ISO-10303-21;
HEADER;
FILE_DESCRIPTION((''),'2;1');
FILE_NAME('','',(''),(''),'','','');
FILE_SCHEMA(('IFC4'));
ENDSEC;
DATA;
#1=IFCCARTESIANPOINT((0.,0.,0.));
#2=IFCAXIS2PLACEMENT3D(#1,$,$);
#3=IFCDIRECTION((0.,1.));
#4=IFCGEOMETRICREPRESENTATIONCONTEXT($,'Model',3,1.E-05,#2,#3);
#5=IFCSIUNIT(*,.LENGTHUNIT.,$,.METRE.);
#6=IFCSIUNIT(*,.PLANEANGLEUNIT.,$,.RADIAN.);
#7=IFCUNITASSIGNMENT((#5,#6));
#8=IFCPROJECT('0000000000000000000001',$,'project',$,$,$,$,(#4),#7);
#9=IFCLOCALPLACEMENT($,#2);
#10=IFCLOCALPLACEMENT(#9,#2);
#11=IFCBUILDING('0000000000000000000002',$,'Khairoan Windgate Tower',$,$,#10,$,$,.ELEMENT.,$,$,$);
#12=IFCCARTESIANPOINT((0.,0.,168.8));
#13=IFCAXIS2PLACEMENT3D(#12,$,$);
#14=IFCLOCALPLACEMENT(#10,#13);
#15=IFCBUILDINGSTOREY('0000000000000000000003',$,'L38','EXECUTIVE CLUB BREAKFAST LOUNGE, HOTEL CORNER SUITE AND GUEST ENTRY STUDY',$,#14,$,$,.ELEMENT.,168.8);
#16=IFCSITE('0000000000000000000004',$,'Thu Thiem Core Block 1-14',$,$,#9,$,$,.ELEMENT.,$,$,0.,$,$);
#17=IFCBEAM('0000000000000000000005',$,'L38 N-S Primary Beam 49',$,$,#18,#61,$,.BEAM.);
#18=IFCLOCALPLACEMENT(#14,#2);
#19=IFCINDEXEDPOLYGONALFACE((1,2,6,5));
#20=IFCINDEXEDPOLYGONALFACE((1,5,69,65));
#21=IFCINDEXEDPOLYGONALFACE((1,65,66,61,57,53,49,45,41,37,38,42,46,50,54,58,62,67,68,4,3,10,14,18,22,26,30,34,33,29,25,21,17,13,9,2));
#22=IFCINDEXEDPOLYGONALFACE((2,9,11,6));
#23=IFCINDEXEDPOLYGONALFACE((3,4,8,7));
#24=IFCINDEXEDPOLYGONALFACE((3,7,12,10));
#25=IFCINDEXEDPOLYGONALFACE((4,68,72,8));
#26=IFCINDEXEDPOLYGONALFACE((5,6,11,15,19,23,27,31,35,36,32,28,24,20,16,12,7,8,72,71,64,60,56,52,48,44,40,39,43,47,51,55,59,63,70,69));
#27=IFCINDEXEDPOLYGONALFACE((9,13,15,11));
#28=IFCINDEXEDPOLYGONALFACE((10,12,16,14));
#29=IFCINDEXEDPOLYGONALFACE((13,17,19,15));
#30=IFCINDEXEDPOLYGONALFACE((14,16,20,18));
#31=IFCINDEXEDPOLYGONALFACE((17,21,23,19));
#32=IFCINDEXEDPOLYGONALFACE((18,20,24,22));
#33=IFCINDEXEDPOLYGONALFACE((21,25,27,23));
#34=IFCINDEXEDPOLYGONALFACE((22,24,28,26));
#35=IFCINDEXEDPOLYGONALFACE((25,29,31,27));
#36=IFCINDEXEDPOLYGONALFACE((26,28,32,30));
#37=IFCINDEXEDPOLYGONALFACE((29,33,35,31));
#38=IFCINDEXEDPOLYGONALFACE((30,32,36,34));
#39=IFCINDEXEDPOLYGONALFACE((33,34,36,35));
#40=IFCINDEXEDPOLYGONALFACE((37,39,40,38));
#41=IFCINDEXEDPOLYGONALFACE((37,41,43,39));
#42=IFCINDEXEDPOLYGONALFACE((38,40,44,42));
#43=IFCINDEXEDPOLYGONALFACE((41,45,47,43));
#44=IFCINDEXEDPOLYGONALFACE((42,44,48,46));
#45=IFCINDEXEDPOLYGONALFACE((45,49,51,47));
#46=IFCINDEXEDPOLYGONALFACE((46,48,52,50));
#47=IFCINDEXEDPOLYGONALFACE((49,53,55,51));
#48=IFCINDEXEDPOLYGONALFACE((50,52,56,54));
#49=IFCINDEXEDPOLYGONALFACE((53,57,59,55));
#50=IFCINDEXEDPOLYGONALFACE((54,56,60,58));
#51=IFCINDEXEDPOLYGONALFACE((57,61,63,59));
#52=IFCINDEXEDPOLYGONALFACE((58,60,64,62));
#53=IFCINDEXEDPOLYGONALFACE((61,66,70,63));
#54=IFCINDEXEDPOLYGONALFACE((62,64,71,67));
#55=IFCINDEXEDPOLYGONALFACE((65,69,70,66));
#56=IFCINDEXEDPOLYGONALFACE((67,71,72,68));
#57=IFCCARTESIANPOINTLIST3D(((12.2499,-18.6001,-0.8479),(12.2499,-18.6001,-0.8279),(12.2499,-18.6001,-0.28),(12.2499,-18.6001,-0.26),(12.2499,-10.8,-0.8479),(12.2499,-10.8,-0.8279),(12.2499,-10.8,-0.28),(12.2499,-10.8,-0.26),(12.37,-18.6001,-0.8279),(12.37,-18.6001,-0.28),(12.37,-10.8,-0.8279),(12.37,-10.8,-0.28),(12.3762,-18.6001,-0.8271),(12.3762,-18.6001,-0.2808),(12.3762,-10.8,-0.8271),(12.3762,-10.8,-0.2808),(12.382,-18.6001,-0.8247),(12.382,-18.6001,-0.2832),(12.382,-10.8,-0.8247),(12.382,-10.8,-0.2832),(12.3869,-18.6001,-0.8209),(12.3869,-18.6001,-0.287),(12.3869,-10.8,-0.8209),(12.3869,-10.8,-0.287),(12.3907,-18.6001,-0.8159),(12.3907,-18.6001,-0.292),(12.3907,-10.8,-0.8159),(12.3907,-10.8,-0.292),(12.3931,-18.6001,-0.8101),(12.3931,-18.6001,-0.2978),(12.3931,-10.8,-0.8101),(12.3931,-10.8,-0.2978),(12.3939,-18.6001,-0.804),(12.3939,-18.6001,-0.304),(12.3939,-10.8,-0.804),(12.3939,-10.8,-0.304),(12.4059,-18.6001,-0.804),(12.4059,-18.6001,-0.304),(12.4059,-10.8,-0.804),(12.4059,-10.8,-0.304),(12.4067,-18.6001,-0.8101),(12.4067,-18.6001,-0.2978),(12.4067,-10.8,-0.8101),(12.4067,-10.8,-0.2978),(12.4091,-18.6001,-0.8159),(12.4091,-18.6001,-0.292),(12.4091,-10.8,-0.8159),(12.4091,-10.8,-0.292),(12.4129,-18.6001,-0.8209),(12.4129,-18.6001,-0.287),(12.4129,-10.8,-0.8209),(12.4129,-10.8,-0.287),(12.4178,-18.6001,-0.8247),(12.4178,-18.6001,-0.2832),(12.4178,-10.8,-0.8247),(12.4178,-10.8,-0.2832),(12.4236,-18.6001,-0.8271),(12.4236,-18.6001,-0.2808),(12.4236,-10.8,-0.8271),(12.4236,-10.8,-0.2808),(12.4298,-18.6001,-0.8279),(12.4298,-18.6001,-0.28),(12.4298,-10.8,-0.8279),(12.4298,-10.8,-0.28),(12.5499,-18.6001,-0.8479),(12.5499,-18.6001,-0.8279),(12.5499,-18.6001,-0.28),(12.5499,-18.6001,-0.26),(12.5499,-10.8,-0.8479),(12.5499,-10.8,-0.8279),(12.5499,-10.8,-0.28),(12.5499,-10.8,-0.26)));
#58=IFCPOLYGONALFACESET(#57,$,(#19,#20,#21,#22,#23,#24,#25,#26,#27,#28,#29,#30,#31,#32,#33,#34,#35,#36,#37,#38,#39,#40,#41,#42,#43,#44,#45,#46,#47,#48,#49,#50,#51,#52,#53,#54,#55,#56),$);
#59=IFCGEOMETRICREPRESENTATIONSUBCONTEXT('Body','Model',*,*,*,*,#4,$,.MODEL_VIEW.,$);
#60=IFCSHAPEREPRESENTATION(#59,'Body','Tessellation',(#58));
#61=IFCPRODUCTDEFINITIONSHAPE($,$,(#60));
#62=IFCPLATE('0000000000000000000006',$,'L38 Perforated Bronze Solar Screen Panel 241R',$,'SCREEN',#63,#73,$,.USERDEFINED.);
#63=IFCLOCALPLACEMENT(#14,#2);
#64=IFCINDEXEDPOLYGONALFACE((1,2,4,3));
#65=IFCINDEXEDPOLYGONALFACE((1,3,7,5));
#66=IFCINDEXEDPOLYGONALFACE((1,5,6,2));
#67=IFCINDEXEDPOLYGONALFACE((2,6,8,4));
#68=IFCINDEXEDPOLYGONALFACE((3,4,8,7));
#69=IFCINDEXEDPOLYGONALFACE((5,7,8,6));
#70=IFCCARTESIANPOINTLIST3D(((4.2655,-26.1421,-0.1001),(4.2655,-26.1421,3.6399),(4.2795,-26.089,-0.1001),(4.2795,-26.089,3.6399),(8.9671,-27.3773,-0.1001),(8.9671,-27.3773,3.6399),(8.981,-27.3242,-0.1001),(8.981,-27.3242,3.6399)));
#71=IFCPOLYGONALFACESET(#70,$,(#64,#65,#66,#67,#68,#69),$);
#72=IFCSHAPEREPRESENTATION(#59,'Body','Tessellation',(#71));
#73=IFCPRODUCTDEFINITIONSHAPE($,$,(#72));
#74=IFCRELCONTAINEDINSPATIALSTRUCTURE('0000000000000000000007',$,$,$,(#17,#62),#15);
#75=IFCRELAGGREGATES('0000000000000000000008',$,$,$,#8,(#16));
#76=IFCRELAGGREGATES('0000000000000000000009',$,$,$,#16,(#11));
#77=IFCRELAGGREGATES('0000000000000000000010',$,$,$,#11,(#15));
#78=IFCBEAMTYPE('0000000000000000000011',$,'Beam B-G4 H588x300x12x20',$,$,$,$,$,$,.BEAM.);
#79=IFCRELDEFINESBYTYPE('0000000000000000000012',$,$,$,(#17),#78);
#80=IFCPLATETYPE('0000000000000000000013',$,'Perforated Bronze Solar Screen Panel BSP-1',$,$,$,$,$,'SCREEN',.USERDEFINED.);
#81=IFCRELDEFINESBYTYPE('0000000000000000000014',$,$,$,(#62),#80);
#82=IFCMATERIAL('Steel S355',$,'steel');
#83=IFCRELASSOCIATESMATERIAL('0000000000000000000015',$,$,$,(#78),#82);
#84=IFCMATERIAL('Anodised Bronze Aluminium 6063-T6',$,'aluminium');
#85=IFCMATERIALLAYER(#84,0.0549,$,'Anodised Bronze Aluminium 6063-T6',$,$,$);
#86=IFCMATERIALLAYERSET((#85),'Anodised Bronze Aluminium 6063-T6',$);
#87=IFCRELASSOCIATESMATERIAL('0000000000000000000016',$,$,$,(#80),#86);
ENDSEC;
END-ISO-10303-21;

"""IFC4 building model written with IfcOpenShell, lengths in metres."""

from ifc_helpers import new_model, si_unit, direction, frame, origin, origin_2d, place, context, subcontext, project, spatial, rectangle, i_section, extrude, material, layer, layer_set, material_profile, profile_set, type_object, element, save


model = new_model("IFC4")

# Units and contexts
model_context = context("Model", 3, precision=1e-05, world=origin(), true_north=direction((0.0, 1.0)))
body_context = subcontext(model_context, "Body", "Model", "MODEL_VIEW")
ifc_project = project(units=[si_unit("LENGTHUNIT", "METRE"), si_unit("PLANEANGLEUNIT", "RADIAN")], contexts=[model_context])

# Site, building, storey
site_placement = place(None, origin())
site = spatial("IfcSite", under=ifc_project, at=site_placement, Name="Thu Thiem Core Block 1-14", CompositionType="ELEMENT", RefElevation=0.0)
building_placement = place(site_placement, origin())
building = spatial("IfcBuilding", under=site, at=building_placement, Name="Khairoan Windgate Tower", CompositionType="ELEMENT")
storey_placement = place(building_placement, frame((0.0, 0.0, 168.8)))
storey = spatial("IfcBuildingStorey", under=building, at=storey_placement, Name="L38", Description="EXECUTIVE CLUB BREAKFAST LOUNGE, HOTEL CORNER SUITE AND GUEST ENTRY STUDY", CompositionType="ELEMENT", Elevation=168.8)

# Beam
ifc_material_1 = material(Name="Steel S355", Category="steel")
ifc_material_profile_1 = material_profile(ifc_material_1, i_section(OverallWidth=0.3, OverallDepth=0.5879, WebThickness=0.012, FlangeThickness=0.02, FilletRadius=0.0239, at=origin_2d()))
ifc_profile_set_1 = profile_set([ifc_material_profile_1], Name="Steel S355")
beam_type = type_object("IfcBeamType", Name="Beam B-G4 H588x300x12x20", PredefinedType="BEAM", material=ifc_profile_set_1)
for number, where, z_axis, x_axis, name in (
    (1, (12.3999, -18.6001, -0.554), (0.0, 1.0, 0.0), (-1.0, 0.0, 0.0), "L38 N-S Primary Beam 49"),
):
    element("IfcBeam", number, at=place(storey_placement, frame(where, z_axis=z_axis, x_axis=x_axis)), inside=storey, type_object=beam_type, Name=name, PredefinedType="BEAM", context=body_context, shape_type="SweptSolid", body=[
        extrude(i_section(OverallWidth=0.3, OverallDepth=0.5879, WebThickness=0.012, FlangeThickness=0.02, FilletRadius=0.0239, at=origin_2d()), origin(), (0.0, 0.0, 1.0), 7.8),
    ])

# Plate
ifc_material_2 = material(Name="Anodised Bronze Aluminium 6063-T6", Category="aluminium")
ifc_layer_1 = layer(ifc_material_2, 0.0549, Name="Anodised Bronze Aluminium 6063-T6")
ifc_layer_set_1 = layer_set([ifc_layer_1], Name="Anodised Bronze Aluminium 6063-T6")
plate_type = type_object("IfcPlateType", Name="Perforated Bronze Solar Screen Panel BSP-1", ElementType="SCREEN", PredefinedType="USERDEFINED", material=ifc_layer_set_1)
plate_placement = place(storey_placement, frame((6.6233, -26.7332, -0.1001), z_axis=(0.0, 0.0, 1.0), x_axis=(-0.967179, 0.254096, 0.0)))
element("IfcPlate", 2, at=plate_placement, inside=storey, type_object=plate_type, Name="L38 Perforated Bronze Solar Screen Panel 241R", ObjectType="SCREEN", PredefinedType="USERDEFINED", context=body_context, shape_type="SweptSolid", body=[
    extrude(rectangle(XDim=4.8611, YDim=0.0549, at=origin_2d()), origin(), (0.0, 0.0, 1.0), 3.74),
])

save(model, "model.ifc")
